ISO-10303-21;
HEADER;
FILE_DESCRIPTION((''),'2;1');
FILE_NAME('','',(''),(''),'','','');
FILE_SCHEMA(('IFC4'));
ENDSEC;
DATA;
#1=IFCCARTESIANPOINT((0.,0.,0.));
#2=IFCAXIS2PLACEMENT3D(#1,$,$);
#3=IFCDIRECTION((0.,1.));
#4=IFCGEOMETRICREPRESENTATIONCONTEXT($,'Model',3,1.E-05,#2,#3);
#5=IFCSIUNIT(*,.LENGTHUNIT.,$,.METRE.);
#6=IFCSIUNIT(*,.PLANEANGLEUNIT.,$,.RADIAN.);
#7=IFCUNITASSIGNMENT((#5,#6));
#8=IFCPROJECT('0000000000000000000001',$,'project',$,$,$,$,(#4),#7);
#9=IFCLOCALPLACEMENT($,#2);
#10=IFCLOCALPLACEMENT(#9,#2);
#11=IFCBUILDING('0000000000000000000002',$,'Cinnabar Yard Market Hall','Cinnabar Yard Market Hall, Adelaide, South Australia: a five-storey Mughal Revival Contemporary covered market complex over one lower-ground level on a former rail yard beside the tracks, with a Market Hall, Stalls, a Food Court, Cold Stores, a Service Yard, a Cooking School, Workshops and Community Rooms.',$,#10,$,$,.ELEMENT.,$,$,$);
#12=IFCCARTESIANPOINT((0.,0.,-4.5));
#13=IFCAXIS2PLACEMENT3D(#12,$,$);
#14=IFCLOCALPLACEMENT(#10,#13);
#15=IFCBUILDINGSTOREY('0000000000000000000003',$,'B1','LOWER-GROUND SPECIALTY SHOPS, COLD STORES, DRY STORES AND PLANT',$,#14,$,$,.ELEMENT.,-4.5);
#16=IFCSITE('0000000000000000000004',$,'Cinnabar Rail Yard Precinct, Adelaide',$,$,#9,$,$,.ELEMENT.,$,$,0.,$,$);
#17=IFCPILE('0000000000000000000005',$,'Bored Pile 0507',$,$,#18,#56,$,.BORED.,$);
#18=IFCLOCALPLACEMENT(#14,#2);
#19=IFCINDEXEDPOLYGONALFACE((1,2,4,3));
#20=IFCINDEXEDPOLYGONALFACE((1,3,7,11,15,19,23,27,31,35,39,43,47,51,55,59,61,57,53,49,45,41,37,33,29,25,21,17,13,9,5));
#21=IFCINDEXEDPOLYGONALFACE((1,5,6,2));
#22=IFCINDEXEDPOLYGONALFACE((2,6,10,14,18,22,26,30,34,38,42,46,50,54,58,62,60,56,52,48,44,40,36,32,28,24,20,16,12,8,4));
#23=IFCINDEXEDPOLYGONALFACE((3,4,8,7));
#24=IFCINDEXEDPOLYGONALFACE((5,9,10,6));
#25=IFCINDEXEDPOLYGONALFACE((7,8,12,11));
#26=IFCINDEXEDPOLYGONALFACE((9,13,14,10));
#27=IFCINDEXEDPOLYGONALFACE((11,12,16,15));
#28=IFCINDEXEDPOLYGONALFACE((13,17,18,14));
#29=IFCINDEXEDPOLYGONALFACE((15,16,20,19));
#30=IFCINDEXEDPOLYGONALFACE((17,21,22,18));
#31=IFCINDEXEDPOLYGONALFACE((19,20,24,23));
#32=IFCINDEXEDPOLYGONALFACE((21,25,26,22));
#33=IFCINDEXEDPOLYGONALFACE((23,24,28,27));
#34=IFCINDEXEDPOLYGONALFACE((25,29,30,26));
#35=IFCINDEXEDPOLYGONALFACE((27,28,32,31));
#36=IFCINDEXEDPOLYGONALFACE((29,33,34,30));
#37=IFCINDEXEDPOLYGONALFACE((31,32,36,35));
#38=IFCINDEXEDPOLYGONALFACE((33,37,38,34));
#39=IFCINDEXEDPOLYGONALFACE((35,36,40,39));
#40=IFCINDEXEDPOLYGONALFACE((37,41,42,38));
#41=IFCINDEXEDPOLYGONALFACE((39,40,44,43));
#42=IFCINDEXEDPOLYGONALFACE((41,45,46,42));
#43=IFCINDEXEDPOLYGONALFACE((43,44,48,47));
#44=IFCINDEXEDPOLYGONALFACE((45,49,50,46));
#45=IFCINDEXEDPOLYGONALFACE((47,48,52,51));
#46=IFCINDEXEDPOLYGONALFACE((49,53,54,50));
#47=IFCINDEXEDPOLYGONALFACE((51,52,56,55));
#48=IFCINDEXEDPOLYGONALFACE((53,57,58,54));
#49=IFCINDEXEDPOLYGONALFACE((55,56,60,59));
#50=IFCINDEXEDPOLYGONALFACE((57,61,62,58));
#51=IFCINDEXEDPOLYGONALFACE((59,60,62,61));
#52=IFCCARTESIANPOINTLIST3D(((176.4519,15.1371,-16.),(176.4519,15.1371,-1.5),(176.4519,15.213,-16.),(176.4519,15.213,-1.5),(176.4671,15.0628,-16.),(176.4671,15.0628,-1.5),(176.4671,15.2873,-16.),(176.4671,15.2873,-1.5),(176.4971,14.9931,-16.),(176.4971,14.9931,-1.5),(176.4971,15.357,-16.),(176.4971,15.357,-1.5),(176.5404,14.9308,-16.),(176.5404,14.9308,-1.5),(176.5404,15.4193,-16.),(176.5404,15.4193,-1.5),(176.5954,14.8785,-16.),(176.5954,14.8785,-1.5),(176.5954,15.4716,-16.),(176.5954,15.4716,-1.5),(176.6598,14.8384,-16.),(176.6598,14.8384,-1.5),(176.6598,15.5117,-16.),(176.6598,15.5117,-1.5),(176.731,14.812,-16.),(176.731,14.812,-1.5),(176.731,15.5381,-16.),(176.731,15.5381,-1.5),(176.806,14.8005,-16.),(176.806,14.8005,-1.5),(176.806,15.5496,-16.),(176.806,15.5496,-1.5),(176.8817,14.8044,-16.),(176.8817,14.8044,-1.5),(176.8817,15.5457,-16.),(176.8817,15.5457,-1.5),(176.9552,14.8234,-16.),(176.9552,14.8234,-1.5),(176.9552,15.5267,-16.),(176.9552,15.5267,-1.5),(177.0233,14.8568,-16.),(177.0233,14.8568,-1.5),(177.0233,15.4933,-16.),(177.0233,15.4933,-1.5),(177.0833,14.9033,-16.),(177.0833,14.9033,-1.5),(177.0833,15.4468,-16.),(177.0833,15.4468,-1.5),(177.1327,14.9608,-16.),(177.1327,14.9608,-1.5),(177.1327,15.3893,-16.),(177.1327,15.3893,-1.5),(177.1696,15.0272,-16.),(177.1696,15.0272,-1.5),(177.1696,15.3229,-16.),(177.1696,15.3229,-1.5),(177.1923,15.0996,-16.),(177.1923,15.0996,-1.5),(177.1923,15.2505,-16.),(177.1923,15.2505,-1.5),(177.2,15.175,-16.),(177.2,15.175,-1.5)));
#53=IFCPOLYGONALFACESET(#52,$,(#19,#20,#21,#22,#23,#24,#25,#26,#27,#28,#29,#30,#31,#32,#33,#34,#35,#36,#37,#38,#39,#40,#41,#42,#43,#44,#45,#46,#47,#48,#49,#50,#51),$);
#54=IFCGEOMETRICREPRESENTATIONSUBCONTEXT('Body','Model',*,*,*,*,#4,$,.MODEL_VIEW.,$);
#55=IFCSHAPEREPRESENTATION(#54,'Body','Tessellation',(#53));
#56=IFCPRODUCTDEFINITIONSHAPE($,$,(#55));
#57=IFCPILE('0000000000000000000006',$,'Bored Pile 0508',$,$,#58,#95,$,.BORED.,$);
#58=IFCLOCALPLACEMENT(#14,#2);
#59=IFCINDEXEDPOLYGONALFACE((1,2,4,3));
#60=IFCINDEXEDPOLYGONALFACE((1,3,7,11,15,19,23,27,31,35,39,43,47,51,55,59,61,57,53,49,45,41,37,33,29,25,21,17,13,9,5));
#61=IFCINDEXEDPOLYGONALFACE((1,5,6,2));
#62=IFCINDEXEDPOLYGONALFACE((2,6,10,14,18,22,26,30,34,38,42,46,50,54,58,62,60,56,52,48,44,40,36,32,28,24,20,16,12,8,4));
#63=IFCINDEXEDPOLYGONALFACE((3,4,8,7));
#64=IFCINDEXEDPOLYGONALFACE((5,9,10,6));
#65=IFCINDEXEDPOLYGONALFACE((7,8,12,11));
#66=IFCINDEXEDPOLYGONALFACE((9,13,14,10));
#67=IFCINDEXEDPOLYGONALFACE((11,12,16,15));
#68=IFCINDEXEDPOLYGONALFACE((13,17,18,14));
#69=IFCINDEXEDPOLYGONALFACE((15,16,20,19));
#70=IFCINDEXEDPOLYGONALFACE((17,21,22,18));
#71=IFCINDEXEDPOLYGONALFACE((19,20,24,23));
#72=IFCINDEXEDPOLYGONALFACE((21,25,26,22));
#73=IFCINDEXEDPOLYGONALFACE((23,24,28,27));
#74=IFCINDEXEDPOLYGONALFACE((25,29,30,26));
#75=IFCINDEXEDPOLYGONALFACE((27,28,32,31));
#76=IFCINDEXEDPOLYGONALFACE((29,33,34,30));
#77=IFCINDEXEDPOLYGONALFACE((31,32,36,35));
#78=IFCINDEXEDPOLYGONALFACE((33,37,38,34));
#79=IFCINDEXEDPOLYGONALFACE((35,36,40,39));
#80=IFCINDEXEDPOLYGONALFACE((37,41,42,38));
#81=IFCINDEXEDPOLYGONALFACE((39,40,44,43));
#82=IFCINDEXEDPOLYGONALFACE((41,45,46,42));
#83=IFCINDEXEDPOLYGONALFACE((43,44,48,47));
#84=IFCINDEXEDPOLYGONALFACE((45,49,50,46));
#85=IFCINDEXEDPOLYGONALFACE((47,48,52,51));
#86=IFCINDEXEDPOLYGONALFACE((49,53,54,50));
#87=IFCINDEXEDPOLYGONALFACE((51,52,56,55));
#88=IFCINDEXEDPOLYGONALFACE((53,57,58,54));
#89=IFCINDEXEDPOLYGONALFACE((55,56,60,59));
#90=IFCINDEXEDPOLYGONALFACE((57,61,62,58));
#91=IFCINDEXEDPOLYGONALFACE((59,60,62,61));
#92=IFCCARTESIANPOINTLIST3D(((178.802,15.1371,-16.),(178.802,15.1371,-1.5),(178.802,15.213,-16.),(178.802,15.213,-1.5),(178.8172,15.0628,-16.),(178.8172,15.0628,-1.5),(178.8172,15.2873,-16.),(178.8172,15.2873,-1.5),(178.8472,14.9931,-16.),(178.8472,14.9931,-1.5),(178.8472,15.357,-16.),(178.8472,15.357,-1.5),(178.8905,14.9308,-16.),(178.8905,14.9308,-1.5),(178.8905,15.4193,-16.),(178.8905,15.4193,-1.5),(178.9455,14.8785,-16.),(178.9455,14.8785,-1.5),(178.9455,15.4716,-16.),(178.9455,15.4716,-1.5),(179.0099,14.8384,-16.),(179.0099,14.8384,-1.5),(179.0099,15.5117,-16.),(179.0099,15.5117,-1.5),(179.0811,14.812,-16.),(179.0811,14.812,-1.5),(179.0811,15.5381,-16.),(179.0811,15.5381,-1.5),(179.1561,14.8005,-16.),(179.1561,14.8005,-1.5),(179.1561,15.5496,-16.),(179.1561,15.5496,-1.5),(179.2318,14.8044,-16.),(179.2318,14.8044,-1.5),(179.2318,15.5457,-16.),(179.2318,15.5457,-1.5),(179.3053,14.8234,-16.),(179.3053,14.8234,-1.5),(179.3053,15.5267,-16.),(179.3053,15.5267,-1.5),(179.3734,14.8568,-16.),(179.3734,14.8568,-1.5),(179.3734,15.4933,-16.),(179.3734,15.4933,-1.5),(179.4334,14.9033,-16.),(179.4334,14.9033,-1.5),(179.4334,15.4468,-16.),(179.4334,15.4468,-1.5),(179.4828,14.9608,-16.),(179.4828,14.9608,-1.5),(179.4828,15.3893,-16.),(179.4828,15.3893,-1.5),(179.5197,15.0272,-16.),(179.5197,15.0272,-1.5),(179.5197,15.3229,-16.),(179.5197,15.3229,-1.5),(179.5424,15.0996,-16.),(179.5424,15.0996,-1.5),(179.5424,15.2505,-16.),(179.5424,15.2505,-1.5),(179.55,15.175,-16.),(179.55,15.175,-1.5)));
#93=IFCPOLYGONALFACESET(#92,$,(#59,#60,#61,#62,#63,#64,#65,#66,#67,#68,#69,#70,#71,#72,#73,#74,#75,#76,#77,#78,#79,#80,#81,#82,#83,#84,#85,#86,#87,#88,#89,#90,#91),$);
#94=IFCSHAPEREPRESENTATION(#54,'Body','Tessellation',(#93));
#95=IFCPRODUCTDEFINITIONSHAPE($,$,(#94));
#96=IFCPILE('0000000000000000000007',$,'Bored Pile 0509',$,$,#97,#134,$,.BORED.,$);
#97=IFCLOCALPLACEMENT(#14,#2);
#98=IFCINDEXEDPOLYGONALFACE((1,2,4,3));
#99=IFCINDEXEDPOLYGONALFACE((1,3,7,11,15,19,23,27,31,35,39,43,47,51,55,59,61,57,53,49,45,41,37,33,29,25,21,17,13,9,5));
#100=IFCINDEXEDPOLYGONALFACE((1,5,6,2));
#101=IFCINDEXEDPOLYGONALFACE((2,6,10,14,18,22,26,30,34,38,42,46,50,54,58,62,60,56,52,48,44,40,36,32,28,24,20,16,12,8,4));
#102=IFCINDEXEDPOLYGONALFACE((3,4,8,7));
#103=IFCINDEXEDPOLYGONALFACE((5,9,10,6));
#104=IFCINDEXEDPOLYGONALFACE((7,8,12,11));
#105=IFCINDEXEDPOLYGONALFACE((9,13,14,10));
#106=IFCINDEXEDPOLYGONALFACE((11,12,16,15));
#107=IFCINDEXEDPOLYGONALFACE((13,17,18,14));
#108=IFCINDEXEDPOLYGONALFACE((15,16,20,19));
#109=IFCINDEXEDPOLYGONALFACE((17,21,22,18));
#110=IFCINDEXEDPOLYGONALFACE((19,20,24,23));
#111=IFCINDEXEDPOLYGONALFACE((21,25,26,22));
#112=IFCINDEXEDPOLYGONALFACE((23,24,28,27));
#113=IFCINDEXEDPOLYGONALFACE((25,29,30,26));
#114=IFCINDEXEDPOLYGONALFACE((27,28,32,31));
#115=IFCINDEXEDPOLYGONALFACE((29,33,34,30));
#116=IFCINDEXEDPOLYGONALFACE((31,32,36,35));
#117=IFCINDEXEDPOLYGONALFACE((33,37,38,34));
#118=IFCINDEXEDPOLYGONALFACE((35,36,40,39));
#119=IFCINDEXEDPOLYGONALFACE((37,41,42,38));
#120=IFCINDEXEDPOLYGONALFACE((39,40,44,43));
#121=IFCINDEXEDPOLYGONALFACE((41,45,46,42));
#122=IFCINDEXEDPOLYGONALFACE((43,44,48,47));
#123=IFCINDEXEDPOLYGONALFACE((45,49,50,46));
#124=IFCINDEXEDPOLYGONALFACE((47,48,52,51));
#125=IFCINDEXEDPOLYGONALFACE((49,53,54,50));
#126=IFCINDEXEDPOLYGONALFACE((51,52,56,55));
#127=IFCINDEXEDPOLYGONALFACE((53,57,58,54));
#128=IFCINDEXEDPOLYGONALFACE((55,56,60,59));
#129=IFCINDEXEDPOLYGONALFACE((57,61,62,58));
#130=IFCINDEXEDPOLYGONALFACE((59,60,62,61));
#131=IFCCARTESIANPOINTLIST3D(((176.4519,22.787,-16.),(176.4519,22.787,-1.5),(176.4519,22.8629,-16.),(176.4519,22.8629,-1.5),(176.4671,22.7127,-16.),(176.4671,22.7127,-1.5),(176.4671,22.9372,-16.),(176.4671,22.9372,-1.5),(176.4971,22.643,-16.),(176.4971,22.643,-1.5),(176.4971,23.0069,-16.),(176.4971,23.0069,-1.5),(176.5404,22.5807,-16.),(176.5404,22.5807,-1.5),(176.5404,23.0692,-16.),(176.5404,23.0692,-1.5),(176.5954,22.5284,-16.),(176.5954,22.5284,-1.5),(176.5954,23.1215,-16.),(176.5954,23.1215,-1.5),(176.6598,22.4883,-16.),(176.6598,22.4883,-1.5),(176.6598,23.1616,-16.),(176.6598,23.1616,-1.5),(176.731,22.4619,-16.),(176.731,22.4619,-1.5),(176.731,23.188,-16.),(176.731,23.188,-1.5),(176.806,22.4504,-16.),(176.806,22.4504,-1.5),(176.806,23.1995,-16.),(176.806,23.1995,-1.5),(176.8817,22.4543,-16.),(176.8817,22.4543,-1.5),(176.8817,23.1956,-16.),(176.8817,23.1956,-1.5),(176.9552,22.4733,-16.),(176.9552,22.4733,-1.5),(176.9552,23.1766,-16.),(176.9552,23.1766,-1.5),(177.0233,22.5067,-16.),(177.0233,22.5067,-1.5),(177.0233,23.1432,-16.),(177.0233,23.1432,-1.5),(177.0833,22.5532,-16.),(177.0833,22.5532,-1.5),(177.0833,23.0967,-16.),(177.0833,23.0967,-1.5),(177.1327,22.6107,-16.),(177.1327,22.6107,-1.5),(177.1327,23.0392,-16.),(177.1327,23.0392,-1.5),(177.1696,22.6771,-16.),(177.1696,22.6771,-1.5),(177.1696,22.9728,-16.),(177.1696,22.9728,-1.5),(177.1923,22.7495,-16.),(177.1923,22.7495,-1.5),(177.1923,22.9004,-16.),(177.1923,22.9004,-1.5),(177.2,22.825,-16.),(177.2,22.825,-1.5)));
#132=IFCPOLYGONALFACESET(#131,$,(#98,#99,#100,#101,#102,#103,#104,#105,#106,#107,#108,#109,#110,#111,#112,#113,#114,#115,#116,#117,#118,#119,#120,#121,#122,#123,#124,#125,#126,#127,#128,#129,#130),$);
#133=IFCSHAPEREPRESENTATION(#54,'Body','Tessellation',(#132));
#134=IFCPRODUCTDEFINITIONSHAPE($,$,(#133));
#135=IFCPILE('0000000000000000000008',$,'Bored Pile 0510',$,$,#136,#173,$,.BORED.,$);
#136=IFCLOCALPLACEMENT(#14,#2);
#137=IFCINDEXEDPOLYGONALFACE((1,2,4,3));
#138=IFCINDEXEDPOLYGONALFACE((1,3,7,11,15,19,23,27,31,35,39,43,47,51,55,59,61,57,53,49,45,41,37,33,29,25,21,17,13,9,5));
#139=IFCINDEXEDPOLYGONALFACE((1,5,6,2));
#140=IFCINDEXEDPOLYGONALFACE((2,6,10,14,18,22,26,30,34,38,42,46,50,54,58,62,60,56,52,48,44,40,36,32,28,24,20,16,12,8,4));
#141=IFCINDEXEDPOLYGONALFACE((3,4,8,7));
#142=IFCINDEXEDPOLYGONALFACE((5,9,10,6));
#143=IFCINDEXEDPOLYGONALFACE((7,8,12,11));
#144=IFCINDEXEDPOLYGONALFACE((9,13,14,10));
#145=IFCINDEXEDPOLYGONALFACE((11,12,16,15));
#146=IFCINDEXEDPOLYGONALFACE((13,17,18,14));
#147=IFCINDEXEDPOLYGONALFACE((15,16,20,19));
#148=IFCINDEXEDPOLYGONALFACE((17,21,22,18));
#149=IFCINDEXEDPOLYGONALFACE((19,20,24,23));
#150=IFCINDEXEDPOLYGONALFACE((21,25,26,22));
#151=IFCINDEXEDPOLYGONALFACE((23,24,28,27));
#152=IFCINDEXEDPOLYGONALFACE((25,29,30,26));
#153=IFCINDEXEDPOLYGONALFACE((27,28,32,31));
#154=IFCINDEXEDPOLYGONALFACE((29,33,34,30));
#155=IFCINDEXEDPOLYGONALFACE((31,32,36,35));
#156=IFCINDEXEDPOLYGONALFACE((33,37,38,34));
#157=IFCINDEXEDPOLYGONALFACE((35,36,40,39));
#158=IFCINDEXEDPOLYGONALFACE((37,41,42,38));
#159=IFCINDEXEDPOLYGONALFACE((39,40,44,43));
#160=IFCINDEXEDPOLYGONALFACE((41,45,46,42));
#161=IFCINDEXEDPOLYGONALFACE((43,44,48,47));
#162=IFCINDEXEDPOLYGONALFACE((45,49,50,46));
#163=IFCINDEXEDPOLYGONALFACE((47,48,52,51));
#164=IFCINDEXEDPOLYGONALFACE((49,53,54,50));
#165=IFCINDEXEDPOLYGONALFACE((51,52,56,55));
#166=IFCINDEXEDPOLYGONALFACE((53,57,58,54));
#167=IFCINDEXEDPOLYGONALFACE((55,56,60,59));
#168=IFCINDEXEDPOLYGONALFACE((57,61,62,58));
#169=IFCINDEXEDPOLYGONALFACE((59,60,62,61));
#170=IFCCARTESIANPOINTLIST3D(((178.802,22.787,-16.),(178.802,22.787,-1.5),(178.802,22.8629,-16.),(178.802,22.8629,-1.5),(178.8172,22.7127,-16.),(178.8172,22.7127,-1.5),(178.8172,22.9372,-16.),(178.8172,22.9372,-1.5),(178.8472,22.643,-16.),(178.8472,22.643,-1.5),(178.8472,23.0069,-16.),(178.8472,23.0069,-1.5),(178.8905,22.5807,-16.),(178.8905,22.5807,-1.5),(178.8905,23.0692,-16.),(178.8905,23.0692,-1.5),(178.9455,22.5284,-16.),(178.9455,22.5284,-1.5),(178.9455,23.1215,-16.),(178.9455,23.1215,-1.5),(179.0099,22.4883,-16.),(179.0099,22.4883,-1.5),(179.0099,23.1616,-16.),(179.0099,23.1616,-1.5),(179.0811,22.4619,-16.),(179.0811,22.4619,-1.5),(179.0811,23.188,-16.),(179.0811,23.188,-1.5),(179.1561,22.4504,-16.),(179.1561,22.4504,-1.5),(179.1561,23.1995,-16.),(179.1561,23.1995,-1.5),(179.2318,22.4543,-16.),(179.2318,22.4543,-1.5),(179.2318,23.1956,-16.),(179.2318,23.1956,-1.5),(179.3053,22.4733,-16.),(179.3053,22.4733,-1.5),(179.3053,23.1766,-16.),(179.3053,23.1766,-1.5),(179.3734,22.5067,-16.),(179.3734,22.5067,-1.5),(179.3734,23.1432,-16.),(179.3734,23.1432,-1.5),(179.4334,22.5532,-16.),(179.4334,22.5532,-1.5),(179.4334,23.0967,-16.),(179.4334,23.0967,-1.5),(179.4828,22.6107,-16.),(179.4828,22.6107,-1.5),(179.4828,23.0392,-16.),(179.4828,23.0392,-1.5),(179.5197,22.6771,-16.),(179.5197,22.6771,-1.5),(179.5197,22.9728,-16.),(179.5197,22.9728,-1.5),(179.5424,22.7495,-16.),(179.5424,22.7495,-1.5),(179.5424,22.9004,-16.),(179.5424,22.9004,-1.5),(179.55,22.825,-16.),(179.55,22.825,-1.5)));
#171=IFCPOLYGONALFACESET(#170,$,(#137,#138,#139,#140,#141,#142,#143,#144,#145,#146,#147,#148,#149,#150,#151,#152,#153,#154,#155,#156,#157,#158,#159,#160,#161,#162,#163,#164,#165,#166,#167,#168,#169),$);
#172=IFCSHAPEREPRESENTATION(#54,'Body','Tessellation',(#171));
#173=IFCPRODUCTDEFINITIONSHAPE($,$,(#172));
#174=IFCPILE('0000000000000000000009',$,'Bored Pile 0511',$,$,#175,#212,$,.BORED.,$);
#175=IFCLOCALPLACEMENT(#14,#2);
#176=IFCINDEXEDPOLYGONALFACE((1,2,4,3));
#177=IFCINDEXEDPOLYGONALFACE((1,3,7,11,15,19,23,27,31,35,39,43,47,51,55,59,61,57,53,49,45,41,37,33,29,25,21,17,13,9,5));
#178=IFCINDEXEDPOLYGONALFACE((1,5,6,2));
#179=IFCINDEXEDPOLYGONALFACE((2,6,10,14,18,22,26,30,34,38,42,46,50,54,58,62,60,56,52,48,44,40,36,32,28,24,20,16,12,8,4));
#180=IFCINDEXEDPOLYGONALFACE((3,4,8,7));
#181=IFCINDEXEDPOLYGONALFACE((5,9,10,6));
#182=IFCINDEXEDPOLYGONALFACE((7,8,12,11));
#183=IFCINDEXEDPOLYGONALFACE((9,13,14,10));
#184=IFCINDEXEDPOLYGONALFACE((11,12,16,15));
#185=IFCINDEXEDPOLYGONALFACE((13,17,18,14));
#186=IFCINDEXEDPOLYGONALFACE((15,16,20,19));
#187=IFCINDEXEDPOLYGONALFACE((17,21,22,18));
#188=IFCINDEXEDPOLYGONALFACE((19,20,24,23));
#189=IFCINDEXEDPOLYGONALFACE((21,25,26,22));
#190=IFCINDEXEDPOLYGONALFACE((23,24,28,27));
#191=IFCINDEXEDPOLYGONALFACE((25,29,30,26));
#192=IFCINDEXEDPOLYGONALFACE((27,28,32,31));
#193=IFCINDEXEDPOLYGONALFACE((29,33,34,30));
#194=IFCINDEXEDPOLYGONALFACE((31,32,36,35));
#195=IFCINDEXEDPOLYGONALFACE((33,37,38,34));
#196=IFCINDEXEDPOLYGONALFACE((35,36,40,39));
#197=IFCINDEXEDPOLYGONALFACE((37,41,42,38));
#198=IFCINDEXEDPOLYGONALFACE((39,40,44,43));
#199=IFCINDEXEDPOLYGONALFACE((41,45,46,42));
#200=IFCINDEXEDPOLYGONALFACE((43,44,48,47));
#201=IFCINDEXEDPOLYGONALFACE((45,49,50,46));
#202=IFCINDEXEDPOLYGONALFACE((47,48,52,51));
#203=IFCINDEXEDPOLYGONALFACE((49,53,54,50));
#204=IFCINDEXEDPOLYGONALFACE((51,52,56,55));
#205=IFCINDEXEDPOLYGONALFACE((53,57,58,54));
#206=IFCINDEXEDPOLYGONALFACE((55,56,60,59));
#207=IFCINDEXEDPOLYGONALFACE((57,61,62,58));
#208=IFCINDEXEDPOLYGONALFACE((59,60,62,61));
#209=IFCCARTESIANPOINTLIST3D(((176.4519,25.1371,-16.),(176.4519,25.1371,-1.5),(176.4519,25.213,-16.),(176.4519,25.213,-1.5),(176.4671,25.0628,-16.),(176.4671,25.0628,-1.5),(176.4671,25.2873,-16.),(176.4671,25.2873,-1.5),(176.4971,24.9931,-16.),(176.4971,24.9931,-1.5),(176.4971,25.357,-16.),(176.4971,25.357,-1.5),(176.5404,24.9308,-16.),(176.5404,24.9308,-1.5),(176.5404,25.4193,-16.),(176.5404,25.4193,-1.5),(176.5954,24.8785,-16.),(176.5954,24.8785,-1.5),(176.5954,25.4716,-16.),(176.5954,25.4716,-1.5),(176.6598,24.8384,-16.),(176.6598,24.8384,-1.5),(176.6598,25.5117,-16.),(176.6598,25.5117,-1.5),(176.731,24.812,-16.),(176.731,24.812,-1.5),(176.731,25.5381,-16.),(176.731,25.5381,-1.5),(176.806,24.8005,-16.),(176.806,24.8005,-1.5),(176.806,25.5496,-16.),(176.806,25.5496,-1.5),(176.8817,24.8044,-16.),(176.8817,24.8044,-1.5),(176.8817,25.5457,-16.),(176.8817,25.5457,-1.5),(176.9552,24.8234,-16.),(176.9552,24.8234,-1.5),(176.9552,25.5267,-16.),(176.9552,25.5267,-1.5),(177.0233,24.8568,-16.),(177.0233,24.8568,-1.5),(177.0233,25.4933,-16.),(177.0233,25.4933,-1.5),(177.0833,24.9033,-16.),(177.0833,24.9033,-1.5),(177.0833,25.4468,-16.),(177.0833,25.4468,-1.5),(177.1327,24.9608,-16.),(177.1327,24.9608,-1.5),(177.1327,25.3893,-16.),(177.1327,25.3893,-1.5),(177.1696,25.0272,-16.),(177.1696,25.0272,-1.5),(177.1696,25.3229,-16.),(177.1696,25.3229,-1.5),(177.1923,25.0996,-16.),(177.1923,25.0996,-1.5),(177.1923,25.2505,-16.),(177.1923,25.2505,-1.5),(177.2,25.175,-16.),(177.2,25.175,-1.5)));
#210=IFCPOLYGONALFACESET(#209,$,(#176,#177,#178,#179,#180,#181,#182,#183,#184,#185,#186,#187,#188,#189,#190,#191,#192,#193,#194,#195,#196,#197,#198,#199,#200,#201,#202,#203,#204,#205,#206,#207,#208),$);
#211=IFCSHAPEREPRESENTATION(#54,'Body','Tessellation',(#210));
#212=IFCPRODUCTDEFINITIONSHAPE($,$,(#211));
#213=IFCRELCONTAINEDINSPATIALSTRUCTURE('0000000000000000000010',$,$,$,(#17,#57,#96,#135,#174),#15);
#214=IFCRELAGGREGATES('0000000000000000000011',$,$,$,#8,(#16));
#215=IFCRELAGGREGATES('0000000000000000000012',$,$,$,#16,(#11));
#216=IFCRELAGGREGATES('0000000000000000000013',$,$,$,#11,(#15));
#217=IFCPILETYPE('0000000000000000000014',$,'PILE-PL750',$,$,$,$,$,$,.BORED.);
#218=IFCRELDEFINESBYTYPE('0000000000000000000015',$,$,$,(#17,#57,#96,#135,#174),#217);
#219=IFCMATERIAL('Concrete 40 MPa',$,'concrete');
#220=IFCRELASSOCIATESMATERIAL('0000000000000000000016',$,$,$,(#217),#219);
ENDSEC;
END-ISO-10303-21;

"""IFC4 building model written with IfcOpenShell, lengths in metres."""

from ifc_helpers import new_model, si_unit, direction, frame, origin, origin_2d_with_axis, place, context, subcontext, project, spatial, circle, extrude, material, material_profile, profile_set, type_object, element, save


model = new_model("IFC4")

# Units and contexts
model_context = context("Model", 3, precision=1e-05, world=origin(), true_north=direction((0.0, 1.0)))
body_context = subcontext(model_context, "Body", "Model", "MODEL_VIEW")
ifc_project = project(units=[si_unit("LENGTHUNIT", "METRE"), si_unit("PLANEANGLEUNIT", "RADIAN")], contexts=[model_context])

# Site, building, storey
site_placement = place(None, origin())
site = spatial("IfcSite", under=ifc_project, at=site_placement, Name="Cinnabar Rail Yard Precinct, Adelaide", CompositionType="ELEMENT", RefElevation=0.0)
building_placement = place(site_placement, origin())
building = spatial("IfcBuilding", under=site, at=building_placement, Name="Cinnabar Yard Market Hall", Description="Cinnabar Yard Market Hall, Adelaide, South Australia: a five-storey Mughal Revival Contemporary covered market complex over one lower-ground level on a former rail yard beside the tracks, with a Market Hall, Stalls, a Food Court, Cold Stores, a Service Yard, a Cooking School, Workshops and Community Rooms.", CompositionType="ELEMENT")
storey_placement = place(building_placement, frame((0.0, 0.0, -4.5)))
storey = spatial("IfcBuildingStorey", under=building, at=storey_placement, Name="B1", Description="LOWER-GROUND SPECIALTY SHOPS, COLD STORES, DRY STORES AND PLANT", CompositionType="ELEMENT", Elevation=-4.5)

# Shared definitions
ifc_material_1 = material(Name="Concrete 40 MPa", Category="concrete")

# Piles
ifc_material_profile_1 = material_profile(ifc_material_1, circle(Radius=0.375, at=origin_2d_with_axis()), Name="PILE-D750")
ifc_profile_set_1 = profile_set([ifc_material_profile_1], Name="Concrete 40 MPa")
pile_type_1 = type_object("IfcPileType", Name="PILE-PL750", PredefinedType="BORED", material=ifc_profile_set_1)
for number, where, z_axis, x_axis, name in (
    (1, (176.825, 15.175, -1.5), (0.0, 0.0, -1.0), (1.0, 0.0, 0.0), "Bored Pile 0507"),
    (2, (179.175, 15.175, -1.5), (0.0, 0.0, -1.0), (1.0, 0.0, 0.0), "Bored Pile 0508"),
    (3, (176.825, 22.825, -1.5), (0.0, 0.0, -1.0), (1.0, 0.0, 0.0), "Bored Pile 0509"),
    (4, (179.175, 22.825, -1.5), (0.0, 0.0, -1.0), (1.0, 0.0, 0.0), "Bored Pile 0510"),
    (5, (176.825, 25.175, -1.5), (0.0, 0.0, -1.0), (1.0, 0.0, 0.0), "Bored Pile 0511"),
):
    element("IfcPile", number, at=place(storey_placement, frame(where, z_axis=z_axis, x_axis=x_axis)), inside=storey, type_object=pile_type_1, Name=name, PredefinedType="BORED", context=body_context, shape_type="SweptSolid", body=[
        extrude(circle(Radius=0.375, at=origin_2d_with_axis()), origin(), (0.0, 0.0, 1.0), 14.5),
    ])

save(model, "model.ifc")
